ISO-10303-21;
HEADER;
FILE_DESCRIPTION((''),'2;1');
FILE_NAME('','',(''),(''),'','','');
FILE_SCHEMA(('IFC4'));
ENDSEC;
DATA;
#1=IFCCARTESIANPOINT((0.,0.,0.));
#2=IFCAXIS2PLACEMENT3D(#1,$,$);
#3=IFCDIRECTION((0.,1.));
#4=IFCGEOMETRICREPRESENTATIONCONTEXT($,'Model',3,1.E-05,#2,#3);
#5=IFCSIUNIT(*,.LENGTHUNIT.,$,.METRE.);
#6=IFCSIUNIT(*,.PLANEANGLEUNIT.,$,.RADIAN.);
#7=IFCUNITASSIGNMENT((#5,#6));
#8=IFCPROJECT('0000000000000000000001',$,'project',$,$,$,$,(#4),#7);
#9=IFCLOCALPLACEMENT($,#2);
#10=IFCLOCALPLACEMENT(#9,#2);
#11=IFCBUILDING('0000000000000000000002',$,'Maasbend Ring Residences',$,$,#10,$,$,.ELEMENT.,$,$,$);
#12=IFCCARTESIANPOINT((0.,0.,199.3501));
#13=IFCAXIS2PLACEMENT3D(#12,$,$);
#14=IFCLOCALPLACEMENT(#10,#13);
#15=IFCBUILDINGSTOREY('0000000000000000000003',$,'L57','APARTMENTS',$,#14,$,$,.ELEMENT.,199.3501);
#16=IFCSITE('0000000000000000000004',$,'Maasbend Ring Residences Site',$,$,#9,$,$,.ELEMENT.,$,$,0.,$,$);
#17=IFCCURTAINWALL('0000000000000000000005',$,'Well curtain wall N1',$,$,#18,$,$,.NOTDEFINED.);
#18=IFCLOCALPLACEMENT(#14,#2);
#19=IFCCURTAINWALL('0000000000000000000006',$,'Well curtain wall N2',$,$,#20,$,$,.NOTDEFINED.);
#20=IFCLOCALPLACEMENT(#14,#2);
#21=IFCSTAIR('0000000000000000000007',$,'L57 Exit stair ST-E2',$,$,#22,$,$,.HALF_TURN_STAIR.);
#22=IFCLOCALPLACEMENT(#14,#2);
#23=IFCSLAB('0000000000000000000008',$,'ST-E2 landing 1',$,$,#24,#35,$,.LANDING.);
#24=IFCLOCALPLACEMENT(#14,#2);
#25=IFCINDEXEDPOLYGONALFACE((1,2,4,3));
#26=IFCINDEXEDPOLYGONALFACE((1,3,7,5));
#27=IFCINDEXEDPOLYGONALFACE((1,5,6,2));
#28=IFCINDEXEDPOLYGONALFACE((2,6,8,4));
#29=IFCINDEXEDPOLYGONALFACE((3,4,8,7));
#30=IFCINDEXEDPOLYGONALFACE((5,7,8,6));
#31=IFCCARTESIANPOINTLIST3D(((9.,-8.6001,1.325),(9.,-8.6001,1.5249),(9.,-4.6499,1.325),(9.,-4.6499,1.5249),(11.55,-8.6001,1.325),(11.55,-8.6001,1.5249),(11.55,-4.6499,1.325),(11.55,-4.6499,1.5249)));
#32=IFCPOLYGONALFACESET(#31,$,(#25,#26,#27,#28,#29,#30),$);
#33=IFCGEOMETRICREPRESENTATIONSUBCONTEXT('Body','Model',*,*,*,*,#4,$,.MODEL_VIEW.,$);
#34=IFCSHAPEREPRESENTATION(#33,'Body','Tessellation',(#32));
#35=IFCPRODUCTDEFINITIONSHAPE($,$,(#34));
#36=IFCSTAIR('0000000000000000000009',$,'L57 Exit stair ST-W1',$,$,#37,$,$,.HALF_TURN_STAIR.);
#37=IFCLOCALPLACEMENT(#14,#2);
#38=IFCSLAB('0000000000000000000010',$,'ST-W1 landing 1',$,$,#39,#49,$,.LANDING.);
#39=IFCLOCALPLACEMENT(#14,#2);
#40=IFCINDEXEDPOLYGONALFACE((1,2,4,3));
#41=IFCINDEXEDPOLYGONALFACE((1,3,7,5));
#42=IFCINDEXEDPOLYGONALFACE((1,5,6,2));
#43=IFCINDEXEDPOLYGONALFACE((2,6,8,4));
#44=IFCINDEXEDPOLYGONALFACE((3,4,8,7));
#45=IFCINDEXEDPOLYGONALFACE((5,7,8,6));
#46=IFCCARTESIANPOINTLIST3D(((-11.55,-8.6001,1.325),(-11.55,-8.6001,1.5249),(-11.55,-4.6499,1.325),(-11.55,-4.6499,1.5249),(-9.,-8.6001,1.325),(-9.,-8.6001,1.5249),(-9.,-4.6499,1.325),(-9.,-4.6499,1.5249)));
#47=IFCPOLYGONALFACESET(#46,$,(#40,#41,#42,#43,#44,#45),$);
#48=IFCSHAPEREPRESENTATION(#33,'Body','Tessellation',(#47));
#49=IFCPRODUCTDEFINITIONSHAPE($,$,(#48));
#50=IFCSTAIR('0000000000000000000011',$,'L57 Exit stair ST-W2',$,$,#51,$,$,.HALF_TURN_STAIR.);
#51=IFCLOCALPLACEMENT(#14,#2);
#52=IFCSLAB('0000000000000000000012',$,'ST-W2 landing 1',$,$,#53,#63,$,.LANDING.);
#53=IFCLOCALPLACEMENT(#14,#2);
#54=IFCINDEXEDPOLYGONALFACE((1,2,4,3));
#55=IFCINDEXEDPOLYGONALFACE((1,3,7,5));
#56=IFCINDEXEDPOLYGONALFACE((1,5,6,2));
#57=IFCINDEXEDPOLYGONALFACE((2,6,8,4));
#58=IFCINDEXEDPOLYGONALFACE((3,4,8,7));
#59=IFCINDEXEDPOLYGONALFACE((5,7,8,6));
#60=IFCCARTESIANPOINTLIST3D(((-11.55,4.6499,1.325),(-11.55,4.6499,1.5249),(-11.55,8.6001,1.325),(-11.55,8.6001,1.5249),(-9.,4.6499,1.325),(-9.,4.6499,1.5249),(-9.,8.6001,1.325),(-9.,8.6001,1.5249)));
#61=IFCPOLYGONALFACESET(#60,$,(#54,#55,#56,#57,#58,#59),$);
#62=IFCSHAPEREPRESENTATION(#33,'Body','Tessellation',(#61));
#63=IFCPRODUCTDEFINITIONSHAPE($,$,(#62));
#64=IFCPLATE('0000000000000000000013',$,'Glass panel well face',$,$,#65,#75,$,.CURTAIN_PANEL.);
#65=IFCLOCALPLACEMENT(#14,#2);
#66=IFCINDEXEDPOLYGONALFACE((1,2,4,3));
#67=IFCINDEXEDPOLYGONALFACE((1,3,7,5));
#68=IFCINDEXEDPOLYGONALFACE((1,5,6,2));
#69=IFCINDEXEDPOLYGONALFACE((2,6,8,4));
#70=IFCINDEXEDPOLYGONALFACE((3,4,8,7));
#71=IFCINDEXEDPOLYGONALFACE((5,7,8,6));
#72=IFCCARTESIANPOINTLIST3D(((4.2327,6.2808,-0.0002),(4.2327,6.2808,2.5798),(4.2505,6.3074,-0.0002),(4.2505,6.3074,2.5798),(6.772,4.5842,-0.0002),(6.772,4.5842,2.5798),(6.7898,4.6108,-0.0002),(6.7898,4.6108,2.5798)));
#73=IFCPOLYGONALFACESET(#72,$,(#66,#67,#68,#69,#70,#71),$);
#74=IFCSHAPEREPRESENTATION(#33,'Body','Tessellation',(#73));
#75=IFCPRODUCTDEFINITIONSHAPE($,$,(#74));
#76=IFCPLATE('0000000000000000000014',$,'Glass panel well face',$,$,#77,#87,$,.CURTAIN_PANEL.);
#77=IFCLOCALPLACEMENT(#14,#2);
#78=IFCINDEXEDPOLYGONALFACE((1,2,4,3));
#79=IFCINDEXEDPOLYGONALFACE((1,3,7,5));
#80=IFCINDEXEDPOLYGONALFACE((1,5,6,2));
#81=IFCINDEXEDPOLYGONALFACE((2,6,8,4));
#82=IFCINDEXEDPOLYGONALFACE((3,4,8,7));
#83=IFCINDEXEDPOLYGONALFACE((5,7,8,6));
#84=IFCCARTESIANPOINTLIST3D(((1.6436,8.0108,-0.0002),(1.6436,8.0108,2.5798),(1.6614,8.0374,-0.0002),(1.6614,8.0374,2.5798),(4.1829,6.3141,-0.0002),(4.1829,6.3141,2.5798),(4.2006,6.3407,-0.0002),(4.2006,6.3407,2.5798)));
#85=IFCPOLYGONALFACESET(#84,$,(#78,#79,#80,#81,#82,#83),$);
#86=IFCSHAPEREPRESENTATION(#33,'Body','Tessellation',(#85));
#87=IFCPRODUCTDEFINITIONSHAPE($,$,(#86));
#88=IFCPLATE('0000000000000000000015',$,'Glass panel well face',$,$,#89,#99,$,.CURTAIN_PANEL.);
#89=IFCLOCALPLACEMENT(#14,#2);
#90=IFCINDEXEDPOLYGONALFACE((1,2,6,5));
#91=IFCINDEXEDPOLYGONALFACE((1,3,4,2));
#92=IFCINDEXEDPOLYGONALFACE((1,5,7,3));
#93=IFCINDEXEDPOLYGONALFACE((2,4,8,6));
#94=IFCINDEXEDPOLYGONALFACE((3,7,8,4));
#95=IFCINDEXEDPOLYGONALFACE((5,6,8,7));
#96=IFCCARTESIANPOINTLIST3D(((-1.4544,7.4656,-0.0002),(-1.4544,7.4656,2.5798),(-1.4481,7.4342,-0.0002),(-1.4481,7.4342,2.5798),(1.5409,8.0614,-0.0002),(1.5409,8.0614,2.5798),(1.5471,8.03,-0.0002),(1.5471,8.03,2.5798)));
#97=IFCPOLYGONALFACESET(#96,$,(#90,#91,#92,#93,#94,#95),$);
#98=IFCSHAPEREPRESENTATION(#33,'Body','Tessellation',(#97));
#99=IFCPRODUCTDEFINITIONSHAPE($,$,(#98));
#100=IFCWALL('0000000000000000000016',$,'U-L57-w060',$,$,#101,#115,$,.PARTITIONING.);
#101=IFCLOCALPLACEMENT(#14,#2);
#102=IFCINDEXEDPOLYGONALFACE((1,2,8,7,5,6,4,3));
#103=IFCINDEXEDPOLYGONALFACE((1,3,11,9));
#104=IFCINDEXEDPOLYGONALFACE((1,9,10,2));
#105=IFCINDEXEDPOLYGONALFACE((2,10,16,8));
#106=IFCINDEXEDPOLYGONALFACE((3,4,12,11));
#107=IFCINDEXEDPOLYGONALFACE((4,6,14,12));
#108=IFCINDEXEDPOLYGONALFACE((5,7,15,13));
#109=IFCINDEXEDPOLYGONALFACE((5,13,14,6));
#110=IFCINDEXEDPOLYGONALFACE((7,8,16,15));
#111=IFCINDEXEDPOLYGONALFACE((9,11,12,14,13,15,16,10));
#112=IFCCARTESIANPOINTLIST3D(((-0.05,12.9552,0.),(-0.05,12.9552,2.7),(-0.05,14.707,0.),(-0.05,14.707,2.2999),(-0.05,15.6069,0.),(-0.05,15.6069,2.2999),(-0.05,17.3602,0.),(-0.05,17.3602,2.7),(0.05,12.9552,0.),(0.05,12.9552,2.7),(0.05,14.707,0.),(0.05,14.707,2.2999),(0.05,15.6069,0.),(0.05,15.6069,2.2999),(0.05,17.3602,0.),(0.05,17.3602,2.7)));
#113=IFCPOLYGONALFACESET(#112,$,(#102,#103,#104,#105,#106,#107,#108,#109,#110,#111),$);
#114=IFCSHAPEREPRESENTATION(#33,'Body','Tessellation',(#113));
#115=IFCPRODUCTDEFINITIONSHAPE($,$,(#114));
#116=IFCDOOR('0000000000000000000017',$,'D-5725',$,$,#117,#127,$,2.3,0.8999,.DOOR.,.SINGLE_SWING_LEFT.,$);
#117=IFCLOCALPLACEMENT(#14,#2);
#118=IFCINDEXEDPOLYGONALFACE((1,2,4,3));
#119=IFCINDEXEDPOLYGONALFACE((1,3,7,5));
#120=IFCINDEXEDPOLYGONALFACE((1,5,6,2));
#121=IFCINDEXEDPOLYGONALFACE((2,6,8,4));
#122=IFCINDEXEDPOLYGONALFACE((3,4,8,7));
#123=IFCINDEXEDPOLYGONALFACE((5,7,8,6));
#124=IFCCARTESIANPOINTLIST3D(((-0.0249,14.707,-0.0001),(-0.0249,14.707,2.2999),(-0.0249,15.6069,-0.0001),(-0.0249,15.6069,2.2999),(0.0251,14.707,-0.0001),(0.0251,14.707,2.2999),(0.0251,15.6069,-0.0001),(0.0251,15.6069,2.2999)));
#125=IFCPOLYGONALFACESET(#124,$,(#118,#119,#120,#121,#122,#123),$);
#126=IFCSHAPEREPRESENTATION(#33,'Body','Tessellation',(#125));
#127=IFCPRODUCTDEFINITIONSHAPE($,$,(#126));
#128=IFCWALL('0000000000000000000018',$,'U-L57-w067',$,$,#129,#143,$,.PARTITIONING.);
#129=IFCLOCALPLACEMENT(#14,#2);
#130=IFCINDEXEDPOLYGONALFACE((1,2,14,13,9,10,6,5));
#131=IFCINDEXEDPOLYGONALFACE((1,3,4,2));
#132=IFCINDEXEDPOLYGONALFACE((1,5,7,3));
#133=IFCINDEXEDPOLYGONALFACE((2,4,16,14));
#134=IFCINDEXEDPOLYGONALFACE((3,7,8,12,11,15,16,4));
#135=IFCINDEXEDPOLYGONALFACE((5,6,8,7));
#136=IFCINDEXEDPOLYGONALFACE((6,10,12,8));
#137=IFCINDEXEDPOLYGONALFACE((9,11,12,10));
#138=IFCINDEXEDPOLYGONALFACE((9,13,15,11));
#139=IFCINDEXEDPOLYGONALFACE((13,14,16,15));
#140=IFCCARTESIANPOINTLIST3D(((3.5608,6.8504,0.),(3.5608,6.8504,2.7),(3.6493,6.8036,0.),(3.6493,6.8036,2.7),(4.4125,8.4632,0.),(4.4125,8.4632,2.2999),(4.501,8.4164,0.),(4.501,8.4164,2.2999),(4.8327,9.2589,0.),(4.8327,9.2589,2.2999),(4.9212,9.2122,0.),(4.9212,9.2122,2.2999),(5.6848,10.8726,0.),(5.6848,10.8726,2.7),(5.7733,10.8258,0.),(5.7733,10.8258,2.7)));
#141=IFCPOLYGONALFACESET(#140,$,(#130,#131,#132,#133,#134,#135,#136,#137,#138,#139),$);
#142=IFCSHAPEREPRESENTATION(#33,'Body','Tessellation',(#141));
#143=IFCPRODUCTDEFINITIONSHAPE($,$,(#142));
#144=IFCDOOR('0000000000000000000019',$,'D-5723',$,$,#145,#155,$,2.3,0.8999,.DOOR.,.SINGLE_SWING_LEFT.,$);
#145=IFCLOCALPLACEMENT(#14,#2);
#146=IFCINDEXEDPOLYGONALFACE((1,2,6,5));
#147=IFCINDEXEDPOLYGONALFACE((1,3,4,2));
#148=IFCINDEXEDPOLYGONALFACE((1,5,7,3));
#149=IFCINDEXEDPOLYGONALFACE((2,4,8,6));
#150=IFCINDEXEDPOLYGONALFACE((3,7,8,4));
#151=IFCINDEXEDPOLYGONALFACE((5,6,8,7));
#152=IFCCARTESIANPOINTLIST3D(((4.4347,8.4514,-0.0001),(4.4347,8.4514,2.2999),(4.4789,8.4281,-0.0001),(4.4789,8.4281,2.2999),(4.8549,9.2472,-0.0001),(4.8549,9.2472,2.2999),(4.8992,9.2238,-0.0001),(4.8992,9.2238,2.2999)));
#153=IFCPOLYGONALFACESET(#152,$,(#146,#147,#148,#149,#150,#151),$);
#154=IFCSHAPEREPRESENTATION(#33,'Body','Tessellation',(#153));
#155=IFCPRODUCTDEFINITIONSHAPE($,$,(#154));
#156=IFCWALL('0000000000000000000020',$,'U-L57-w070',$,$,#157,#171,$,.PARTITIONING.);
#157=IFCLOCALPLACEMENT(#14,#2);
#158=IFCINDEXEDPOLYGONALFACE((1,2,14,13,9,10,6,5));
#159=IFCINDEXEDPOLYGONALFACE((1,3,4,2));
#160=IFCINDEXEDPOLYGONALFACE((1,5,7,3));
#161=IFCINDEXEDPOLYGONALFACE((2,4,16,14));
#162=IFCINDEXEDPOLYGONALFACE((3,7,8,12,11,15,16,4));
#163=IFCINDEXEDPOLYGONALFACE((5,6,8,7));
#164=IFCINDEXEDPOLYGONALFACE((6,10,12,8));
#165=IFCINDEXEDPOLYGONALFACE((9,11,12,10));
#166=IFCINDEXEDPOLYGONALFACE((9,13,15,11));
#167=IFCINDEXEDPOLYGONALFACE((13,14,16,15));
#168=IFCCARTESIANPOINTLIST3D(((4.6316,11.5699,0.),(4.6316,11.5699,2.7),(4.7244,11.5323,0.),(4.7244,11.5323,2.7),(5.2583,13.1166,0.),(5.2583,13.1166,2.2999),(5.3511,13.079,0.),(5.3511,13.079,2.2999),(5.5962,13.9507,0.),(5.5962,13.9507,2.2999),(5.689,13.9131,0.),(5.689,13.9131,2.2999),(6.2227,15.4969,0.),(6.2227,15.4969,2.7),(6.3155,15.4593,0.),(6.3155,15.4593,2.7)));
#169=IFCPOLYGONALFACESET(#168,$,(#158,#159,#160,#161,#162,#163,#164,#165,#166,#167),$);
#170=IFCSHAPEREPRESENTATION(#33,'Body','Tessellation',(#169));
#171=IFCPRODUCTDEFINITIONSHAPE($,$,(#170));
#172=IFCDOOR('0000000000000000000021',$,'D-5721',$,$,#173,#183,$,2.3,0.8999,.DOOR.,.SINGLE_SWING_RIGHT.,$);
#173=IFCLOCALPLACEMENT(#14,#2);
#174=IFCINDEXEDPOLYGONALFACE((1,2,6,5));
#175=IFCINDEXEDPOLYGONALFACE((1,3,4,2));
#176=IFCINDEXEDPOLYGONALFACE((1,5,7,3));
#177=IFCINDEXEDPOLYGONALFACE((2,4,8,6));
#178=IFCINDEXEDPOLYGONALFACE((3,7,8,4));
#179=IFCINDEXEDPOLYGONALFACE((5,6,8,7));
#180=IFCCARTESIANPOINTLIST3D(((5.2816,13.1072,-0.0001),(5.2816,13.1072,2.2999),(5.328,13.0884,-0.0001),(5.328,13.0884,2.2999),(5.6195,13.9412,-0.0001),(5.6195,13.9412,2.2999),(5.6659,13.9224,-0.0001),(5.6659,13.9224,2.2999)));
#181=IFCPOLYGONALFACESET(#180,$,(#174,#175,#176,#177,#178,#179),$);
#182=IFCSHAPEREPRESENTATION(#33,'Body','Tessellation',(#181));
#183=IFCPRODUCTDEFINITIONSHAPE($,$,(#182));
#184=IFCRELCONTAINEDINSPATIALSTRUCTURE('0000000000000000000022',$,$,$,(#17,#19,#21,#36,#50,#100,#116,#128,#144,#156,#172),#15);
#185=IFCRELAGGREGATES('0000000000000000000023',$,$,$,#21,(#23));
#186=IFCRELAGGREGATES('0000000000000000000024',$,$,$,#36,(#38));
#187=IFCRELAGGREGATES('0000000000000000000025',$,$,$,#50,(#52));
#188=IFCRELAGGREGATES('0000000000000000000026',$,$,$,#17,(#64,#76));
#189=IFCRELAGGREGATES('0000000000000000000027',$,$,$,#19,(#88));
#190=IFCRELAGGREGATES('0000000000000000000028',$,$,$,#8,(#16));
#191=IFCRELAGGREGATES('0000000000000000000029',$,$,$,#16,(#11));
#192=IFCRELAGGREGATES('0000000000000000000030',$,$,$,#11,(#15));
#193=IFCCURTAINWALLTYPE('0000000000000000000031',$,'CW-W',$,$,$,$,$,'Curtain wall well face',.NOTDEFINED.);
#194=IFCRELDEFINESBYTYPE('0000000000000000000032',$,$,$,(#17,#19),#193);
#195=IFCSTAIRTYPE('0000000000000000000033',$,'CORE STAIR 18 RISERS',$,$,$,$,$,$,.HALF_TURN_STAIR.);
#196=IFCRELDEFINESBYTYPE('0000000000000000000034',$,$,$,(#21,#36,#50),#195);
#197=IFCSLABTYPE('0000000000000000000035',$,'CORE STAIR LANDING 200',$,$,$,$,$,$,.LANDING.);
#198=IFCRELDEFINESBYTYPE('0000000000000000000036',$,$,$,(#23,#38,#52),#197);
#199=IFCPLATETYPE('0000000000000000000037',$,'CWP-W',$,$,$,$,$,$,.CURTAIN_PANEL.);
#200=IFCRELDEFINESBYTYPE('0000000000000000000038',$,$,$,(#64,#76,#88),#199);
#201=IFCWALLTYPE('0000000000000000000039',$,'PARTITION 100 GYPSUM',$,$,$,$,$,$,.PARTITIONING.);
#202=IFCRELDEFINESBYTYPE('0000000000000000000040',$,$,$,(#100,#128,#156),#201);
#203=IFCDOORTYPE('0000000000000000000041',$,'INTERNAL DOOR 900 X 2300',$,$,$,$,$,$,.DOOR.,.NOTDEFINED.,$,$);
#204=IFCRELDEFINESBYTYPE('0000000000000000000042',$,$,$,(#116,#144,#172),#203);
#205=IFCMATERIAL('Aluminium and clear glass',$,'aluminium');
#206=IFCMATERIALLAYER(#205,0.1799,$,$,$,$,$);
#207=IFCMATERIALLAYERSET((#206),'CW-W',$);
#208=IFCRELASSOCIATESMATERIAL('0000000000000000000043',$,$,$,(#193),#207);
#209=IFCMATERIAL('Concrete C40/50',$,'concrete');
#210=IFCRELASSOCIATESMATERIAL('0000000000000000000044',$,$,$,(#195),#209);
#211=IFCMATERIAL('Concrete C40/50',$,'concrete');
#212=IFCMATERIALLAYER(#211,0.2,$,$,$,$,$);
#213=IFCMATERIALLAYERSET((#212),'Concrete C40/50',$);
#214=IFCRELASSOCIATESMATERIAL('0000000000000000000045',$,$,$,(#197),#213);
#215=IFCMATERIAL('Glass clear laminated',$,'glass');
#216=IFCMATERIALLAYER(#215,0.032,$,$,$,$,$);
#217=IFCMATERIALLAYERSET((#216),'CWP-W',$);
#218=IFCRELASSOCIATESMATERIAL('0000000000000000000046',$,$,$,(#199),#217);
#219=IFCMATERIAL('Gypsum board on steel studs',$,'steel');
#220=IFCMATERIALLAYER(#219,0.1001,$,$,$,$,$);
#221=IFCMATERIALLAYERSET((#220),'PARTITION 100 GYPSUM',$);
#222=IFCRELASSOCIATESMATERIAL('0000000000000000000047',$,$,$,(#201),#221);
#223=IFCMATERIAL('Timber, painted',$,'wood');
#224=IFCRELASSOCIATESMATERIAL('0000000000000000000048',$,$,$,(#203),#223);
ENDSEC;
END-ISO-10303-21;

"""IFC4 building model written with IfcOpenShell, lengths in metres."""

from ifc_helpers import new_model, si_unit, direction, frame, frame_2d, origin, origin_2d, place, context, subcontext, project, spatial, polyline, rectangle, outline, extrude, material, layer, layer_set, type_object, element, fill, aggregate, save


model = new_model("IFC4")

# Units and contexts
model_context = context("Model", 3, precision=1e-05, world=origin(), true_north=direction((0.0, 1.0)))
body_context = subcontext(model_context, "Body", "Model", "MODEL_VIEW")
ifc_project = project(units=[si_unit("LENGTHUNIT", "METRE"), si_unit("PLANEANGLEUNIT", "RADIAN")], contexts=[model_context])

# Site, building, storey
site_placement = place(None, origin())
site = spatial("IfcSite", under=ifc_project, at=site_placement, Name="Maasbend Ring Residences Site", CompositionType="ELEMENT", RefElevation=0.0)
building_placement = place(site_placement, origin())
building = spatial("IfcBuilding", under=site, at=building_placement, Name="Maasbend Ring Residences", CompositionType="ELEMENT")
storey_placement = place(building_placement, frame((0.0, 0.0, 199.3501)))
storey = spatial("IfcBuildingStorey", under=building, at=storey_placement, Name="L57", Description="APARTMENTS", CompositionType="ELEMENT", Elevation=199.3501)

# Curtain wall
ifc_material_1 = material(Name="Aluminium and clear glass", Category="aluminium")
ifc_layer_1 = layer(ifc_material_1, 0.1799)
ifc_layer_set_1 = layer_set([ifc_layer_1], Name="CW-W")
curtain_wall_type = type_object("IfcCurtainWallType", Name="CW-W", ElementType="Curtain wall well face", PredefinedType="NOTDEFINED", material=ifc_layer_set_1)
curtain_wall_1_placement = place(storey_placement, origin())
curtain_wall_1 = element("IfcCurtainWall", 1, at=curtain_wall_1_placement, inside=storey, type_object=curtain_wall_type, Name="Well curtain wall N1", PredefinedType="NOTDEFINED")

# Curtain wall
curtain_wall_2_placement = place(storey_placement, origin())
curtain_wall_2 = element("IfcCurtainWall", 2, at=curtain_wall_2_placement, inside=storey, type_object=curtain_wall_type, Name="Well curtain wall N2", PredefinedType="NOTDEFINED")

# Stairs, slabs
ifc_material_2 = material(Name="Concrete C40/50", Category="concrete")
stair_type = type_object("IfcStairType", Name="CORE STAIR 18 RISERS", PredefinedType="HALF_TURN_STAIR", material=ifc_material_2)
ifc_material_3 = material(Name="Concrete C40/50", Category="concrete")
ifc_layer_2 = layer(ifc_material_3, 0.2)
ifc_layer_set_2 = layer_set([ifc_layer_2], Name="Concrete C40/50")
slab_type = type_object("IfcSlabType", Name="CORE STAIR LANDING 200", PredefinedType="LANDING", material=ifc_layer_set_2)
stair_1_placement = place(storey_placement, origin())
stair_1 = element("IfcStair", 3, at=stair_1_placement, inside=storey, type_object=stair_type, Name="L57 Exit stair ST-E2", PredefinedType="HALF_TURN_STAIR")
slab_1_placement = place(storey_placement, frame((0.0, 0.0, 1.325)))
slab_1 = element("IfcSlab", 4, at=slab_1_placement, type_object=slab_type, Name="ST-E2 landing 1", PredefinedType="LANDING", context=body_context, shape_type="SweptSolid", body=[
    extrude(outline(polyline([(11.55, -4.6499), (9.0, -4.6499), (9.0, -8.6001), (11.55, -8.6001), (11.55, -4.6499)])), origin(), (0.0, 0.0, 1.0), 0.2),
])
aggregate(stair_1, [slab_1])
stair_2_placement = place(storey_placement, origin())
stair_2 = element("IfcStair", 5, at=stair_2_placement, inside=storey, type_object=stair_type, Name="L57 Exit stair ST-W1", PredefinedType="HALF_TURN_STAIR")
slab_2_placement = place(storey_placement, frame((0.0, 0.0, 1.325)))
slab_2 = element("IfcSlab", 6, at=slab_2_placement, type_object=slab_type, Name="ST-W1 landing 1", PredefinedType="LANDING", context=body_context, shape_type="SweptSolid", body=[
    extrude(outline(polyline([(-11.55, -8.6001), (-9.0, -8.6001), (-9.0, -4.6499), (-11.55, -4.6499), (-11.55, -8.6001)])), origin(), (0.0, 0.0, 1.0), 0.2),
])
aggregate(stair_2, [slab_2])
stair_3_placement = place(storey_placement, origin())
stair_3 = element("IfcStair", 7, at=stair_3_placement, inside=storey, type_object=stair_type, Name="L57 Exit stair ST-W2", PredefinedType="HALF_TURN_STAIR")
slab_3_placement = place(storey_placement, frame((0.0, 0.0, 1.325)))
slab_3 = element("IfcSlab", 8, at=slab_3_placement, type_object=slab_type, Name="ST-W2 landing 1", PredefinedType="LANDING", context=body_context, shape_type="SweptSolid", body=[
    extrude(outline(polyline([(-11.55, 4.6499), (-9.0, 4.6499), (-9.0, 8.6001), (-11.55, 8.6001), (-11.55, 4.6499)])), origin(), (0.0, 0.0, 1.0), 0.2),
])
aggregate(stair_3, [slab_3])

# Plates
ifc_material_4 = material(Name="Glass clear laminated", Category="glass")
ifc_layer_3 = layer(ifc_material_4, 0.032)
ifc_layer_set_3 = layer_set([ifc_layer_3], Name="CWP-W")
plate_type = type_object("IfcPlateType", Name="CWP-W", PredefinedType="CURTAIN_PANEL", material=ifc_layer_set_3)
plate_1_placement = place(storey_placement, frame((5.5112, 5.4458, -0.0002), z_axis=(0.0, 0.0, 1.0), x_axis=(-0.83147, 0.55557, 0.0)))
plate_1 = element("IfcPlate", 9, at=plate_1_placement, type_object=plate_type, Name="Glass panel well face", PredefinedType="CURTAIN_PANEL", context=body_context, shape_type="SweptSolid", body=[
    extrude(rectangle(XDim=3.054, YDim=0.032, at=origin_2d()), origin(), (0.0, 0.0, 1.0), 2.5801),
])
plate_2_placement = place(storey_placement, frame((2.9221, 7.1758, -0.0002), z_axis=(0.0, 0.0, 1.0), x_axis=(-0.83147, 0.55557, 0.0)))
plate_2 = element("IfcPlate", 10, at=plate_2_placement, type_object=plate_type, Name="Glass panel well face", PredefinedType="CURTAIN_PANEL", context=body_context, shape_type="SweptSolid", body=[
    extrude(rectangle(XDim=3.054, YDim=0.032, at=origin_2d()), origin(), (0.0, 0.0, 1.0), 2.5801),
])
aggregate(curtain_wall_1, [plate_1, plate_2])
plate_3_placement = place(storey_placement, frame((0.0464, 7.7478, -0.0002), z_axis=(0.0, 0.0, 1.0), x_axis=(-0.980785, -0.19509, 0.0)))
plate_3 = element("IfcPlate", 11, at=plate_3_placement, type_object=plate_type, Name="Glass panel well face", PredefinedType="CURTAIN_PANEL", context=body_context, shape_type="SweptSolid", body=[
    extrude(rectangle(XDim=3.054, YDim=0.032, at=origin_2d()), origin(), (0.0, 0.0, 1.0), 2.5801),
])
aggregate(curtain_wall_2, [plate_3])

# Walls, openings, doors
ifc_material_5 = material(Name="Gypsum board on steel studs", Category="steel")
ifc_layer_4 = layer(ifc_material_5, 0.1001)
ifc_layer_set_4 = layer_set([ifc_layer_4], Name="PARTITION 100 GYPSUM")
wall_type_1 = type_object("IfcWallType", Name="PARTITION 100 GYPSUM", PredefinedType="PARTITIONING", material=ifc_layer_set_4)
wall_1_placement = place(storey_placement, frame((0.0, 12.9551, 0.0), z_axis=(0.0, 0.0, 1.0), x_axis=(0.0, 1.0, 0.0)))
wall_1 = element("IfcWall", 12, at=wall_1_placement, inside=storey, type_object=wall_type_1, Name="U-L57-w060", PredefinedType="PARTITIONING", context=body_context, shape_type="SweptSolid", body=[
    extrude(rectangle(XDim=4.405, YDim=0.1001, at=frame_2d((2.2026, 0.0))), origin(), (0.0, 0.0, 1.0), 2.7),
])
opening_1_placement = place(wall_1_placement, frame((1.752, 0.0, 0.0)))
opening_1 = element("IfcOpeningElement", 13, at=opening_1_placement, cuts=wall_1, PredefinedType="OPENING", context=body_context, shape_type="SweptSolid", body=[
    extrude(rectangle(XDim=0.8999, YDim=2.3, at=frame_2d((0.45, 1.1499))), frame((0.0, 0.0601, 0.0), z_axis=(0.0, -1.0, 0.0), x_axis=(1.0, 0.0, 0.0)), (0.0, 0.0, 1.0), 0.1201),
])
ifc_material_6 = material(Name="Timber, painted", Category="wood")
door_type = type_object("IfcDoorType", Name="INTERNAL DOOR 900 X 2300", OperationType="NOTDEFINED", PredefinedType="DOOR", material=ifc_material_6)
door_1_placement = place(opening_1_placement, origin())
door_1 = element("IfcDoor", 14, at=door_1_placement, inside=storey, type_object=door_type, Name="D-5725", OperationType="SINGLE_SWING_LEFT", OverallHeight=2.3, OverallWidth=0.8999, PredefinedType="DOOR", context=body_context, shape_type="SweptSolid", body=[
    extrude(rectangle(XDim=0.8999, YDim=2.3, at=frame_2d((0.45, 1.1499))), frame((0.0, 0.0249, 0.0), z_axis=(0.0, -1.0, 0.0), x_axis=(1.0, 0.0, 0.0)), (0.0, 0.0, 1.0), 0.05),
])
fill(opening_1, door_1)
wall_2_placement = place(storey_placement, frame((3.605, 6.8269, 0.0), z_axis=(0.0, 0.0, 1.0), x_axis=(0.466963, 0.884277, 0.0)))
wall_2 = element("IfcWall", 15, at=wall_2_placement, inside=storey, type_object=wall_type_1, Name="U-L57-w067", PredefinedType="PARTITIONING", context=body_context, shape_type="SweptSolid", body=[
    extrude(rectangle(XDim=4.5486, YDim=0.1001, at=frame_2d((2.2744, 0.0))), origin(), (0.0, 0.0, 1.0), 2.7),
])
opening_2_placement = place(wall_2_placement, frame((1.824, 0.0, 0.0)))
opening_2 = element("IfcOpeningElement", 16, at=opening_2_placement, cuts=wall_2, PredefinedType="OPENING", context=body_context, shape_type="SweptSolid", body=[
    extrude(rectangle(XDim=0.8999, YDim=2.3, at=frame_2d((0.45, 1.1499))), frame((0.0, 0.0601, 0.0), z_axis=(0.0, -1.0, 0.0), x_axis=(1.0, 0.0, 0.0)), (0.0, 0.0, 1.0), 0.1201),
])
door_2_placement = place(opening_2_placement, origin())
door_2 = element("IfcDoor", 17, at=door_2_placement, inside=storey, type_object=door_type, Name="D-5723", OperationType="SINGLE_SWING_LEFT", OverallHeight=2.3, OverallWidth=0.8999, PredefinedType="DOOR", context=body_context, shape_type="SweptSolid", body=[
    extrude(rectangle(XDim=0.8999, YDim=2.3, at=frame_2d((0.45, 1.1499))), frame((0.0, 0.0249, 0.0), z_axis=(0.0, -1.0, 0.0), x_axis=(1.0, 0.0, 0.0)), (0.0, 0.0, 1.0), 0.05),
])
fill(opening_2, door_2)
wall_3_placement = place(storey_placement, frame((4.678, 11.551, 0.0), z_axis=(0.0, 0.0, 1.0), x_axis=(0.37551, 0.926818, 0.0)))
wall_3 = element("IfcWall", 18, at=wall_3_placement, inside=storey, type_object=wall_type_1, Name="U-L57-w070", PredefinedType="PARTITIONING", context=body_context, shape_type="SweptSolid", body=[
    extrude(rectangle(XDim=4.2371, YDim=0.1001, at=frame_2d((2.1187, 0.0))), origin(), (0.0, 0.0, 1.0), 2.7),
])
opening_3_placement = place(wall_3_placement, frame((1.6689, 0.0, 0.0)))
opening_3 = element("IfcOpeningElement", 19, at=opening_3_placement, cuts=wall_3, PredefinedType="OPENING", context=body_context, shape_type="SweptSolid", body=[
    extrude(rectangle(XDim=0.8999, YDim=2.3, at=frame_2d((0.45, 1.1499))), frame((0.0, 0.0601, 0.0), z_axis=(0.0, -1.0, 0.0), x_axis=(1.0, 0.0, 0.0)), (0.0, 0.0, 1.0), 0.1201),
])
door_3_placement = place(opening_3_placement, origin())
door_3 = element("IfcDoor", 20, at=door_3_placement, inside=storey, type_object=door_type, Name="D-5721", OperationType="SINGLE_SWING_RIGHT", OverallHeight=2.3, OverallWidth=0.8999, PredefinedType="DOOR", context=body_context, shape_type="SweptSolid", body=[
    extrude(rectangle(XDim=0.8999, YDim=2.3, at=frame_2d((0.45, 1.1499))), frame((0.0, 0.0249, 0.0), z_axis=(0.0, -1.0, 0.0), x_axis=(1.0, 0.0, 0.0)), (0.0, 0.0, 1.0), 0.05),
])
fill(opening_3, door_3)

save(model, "model.ifc")
